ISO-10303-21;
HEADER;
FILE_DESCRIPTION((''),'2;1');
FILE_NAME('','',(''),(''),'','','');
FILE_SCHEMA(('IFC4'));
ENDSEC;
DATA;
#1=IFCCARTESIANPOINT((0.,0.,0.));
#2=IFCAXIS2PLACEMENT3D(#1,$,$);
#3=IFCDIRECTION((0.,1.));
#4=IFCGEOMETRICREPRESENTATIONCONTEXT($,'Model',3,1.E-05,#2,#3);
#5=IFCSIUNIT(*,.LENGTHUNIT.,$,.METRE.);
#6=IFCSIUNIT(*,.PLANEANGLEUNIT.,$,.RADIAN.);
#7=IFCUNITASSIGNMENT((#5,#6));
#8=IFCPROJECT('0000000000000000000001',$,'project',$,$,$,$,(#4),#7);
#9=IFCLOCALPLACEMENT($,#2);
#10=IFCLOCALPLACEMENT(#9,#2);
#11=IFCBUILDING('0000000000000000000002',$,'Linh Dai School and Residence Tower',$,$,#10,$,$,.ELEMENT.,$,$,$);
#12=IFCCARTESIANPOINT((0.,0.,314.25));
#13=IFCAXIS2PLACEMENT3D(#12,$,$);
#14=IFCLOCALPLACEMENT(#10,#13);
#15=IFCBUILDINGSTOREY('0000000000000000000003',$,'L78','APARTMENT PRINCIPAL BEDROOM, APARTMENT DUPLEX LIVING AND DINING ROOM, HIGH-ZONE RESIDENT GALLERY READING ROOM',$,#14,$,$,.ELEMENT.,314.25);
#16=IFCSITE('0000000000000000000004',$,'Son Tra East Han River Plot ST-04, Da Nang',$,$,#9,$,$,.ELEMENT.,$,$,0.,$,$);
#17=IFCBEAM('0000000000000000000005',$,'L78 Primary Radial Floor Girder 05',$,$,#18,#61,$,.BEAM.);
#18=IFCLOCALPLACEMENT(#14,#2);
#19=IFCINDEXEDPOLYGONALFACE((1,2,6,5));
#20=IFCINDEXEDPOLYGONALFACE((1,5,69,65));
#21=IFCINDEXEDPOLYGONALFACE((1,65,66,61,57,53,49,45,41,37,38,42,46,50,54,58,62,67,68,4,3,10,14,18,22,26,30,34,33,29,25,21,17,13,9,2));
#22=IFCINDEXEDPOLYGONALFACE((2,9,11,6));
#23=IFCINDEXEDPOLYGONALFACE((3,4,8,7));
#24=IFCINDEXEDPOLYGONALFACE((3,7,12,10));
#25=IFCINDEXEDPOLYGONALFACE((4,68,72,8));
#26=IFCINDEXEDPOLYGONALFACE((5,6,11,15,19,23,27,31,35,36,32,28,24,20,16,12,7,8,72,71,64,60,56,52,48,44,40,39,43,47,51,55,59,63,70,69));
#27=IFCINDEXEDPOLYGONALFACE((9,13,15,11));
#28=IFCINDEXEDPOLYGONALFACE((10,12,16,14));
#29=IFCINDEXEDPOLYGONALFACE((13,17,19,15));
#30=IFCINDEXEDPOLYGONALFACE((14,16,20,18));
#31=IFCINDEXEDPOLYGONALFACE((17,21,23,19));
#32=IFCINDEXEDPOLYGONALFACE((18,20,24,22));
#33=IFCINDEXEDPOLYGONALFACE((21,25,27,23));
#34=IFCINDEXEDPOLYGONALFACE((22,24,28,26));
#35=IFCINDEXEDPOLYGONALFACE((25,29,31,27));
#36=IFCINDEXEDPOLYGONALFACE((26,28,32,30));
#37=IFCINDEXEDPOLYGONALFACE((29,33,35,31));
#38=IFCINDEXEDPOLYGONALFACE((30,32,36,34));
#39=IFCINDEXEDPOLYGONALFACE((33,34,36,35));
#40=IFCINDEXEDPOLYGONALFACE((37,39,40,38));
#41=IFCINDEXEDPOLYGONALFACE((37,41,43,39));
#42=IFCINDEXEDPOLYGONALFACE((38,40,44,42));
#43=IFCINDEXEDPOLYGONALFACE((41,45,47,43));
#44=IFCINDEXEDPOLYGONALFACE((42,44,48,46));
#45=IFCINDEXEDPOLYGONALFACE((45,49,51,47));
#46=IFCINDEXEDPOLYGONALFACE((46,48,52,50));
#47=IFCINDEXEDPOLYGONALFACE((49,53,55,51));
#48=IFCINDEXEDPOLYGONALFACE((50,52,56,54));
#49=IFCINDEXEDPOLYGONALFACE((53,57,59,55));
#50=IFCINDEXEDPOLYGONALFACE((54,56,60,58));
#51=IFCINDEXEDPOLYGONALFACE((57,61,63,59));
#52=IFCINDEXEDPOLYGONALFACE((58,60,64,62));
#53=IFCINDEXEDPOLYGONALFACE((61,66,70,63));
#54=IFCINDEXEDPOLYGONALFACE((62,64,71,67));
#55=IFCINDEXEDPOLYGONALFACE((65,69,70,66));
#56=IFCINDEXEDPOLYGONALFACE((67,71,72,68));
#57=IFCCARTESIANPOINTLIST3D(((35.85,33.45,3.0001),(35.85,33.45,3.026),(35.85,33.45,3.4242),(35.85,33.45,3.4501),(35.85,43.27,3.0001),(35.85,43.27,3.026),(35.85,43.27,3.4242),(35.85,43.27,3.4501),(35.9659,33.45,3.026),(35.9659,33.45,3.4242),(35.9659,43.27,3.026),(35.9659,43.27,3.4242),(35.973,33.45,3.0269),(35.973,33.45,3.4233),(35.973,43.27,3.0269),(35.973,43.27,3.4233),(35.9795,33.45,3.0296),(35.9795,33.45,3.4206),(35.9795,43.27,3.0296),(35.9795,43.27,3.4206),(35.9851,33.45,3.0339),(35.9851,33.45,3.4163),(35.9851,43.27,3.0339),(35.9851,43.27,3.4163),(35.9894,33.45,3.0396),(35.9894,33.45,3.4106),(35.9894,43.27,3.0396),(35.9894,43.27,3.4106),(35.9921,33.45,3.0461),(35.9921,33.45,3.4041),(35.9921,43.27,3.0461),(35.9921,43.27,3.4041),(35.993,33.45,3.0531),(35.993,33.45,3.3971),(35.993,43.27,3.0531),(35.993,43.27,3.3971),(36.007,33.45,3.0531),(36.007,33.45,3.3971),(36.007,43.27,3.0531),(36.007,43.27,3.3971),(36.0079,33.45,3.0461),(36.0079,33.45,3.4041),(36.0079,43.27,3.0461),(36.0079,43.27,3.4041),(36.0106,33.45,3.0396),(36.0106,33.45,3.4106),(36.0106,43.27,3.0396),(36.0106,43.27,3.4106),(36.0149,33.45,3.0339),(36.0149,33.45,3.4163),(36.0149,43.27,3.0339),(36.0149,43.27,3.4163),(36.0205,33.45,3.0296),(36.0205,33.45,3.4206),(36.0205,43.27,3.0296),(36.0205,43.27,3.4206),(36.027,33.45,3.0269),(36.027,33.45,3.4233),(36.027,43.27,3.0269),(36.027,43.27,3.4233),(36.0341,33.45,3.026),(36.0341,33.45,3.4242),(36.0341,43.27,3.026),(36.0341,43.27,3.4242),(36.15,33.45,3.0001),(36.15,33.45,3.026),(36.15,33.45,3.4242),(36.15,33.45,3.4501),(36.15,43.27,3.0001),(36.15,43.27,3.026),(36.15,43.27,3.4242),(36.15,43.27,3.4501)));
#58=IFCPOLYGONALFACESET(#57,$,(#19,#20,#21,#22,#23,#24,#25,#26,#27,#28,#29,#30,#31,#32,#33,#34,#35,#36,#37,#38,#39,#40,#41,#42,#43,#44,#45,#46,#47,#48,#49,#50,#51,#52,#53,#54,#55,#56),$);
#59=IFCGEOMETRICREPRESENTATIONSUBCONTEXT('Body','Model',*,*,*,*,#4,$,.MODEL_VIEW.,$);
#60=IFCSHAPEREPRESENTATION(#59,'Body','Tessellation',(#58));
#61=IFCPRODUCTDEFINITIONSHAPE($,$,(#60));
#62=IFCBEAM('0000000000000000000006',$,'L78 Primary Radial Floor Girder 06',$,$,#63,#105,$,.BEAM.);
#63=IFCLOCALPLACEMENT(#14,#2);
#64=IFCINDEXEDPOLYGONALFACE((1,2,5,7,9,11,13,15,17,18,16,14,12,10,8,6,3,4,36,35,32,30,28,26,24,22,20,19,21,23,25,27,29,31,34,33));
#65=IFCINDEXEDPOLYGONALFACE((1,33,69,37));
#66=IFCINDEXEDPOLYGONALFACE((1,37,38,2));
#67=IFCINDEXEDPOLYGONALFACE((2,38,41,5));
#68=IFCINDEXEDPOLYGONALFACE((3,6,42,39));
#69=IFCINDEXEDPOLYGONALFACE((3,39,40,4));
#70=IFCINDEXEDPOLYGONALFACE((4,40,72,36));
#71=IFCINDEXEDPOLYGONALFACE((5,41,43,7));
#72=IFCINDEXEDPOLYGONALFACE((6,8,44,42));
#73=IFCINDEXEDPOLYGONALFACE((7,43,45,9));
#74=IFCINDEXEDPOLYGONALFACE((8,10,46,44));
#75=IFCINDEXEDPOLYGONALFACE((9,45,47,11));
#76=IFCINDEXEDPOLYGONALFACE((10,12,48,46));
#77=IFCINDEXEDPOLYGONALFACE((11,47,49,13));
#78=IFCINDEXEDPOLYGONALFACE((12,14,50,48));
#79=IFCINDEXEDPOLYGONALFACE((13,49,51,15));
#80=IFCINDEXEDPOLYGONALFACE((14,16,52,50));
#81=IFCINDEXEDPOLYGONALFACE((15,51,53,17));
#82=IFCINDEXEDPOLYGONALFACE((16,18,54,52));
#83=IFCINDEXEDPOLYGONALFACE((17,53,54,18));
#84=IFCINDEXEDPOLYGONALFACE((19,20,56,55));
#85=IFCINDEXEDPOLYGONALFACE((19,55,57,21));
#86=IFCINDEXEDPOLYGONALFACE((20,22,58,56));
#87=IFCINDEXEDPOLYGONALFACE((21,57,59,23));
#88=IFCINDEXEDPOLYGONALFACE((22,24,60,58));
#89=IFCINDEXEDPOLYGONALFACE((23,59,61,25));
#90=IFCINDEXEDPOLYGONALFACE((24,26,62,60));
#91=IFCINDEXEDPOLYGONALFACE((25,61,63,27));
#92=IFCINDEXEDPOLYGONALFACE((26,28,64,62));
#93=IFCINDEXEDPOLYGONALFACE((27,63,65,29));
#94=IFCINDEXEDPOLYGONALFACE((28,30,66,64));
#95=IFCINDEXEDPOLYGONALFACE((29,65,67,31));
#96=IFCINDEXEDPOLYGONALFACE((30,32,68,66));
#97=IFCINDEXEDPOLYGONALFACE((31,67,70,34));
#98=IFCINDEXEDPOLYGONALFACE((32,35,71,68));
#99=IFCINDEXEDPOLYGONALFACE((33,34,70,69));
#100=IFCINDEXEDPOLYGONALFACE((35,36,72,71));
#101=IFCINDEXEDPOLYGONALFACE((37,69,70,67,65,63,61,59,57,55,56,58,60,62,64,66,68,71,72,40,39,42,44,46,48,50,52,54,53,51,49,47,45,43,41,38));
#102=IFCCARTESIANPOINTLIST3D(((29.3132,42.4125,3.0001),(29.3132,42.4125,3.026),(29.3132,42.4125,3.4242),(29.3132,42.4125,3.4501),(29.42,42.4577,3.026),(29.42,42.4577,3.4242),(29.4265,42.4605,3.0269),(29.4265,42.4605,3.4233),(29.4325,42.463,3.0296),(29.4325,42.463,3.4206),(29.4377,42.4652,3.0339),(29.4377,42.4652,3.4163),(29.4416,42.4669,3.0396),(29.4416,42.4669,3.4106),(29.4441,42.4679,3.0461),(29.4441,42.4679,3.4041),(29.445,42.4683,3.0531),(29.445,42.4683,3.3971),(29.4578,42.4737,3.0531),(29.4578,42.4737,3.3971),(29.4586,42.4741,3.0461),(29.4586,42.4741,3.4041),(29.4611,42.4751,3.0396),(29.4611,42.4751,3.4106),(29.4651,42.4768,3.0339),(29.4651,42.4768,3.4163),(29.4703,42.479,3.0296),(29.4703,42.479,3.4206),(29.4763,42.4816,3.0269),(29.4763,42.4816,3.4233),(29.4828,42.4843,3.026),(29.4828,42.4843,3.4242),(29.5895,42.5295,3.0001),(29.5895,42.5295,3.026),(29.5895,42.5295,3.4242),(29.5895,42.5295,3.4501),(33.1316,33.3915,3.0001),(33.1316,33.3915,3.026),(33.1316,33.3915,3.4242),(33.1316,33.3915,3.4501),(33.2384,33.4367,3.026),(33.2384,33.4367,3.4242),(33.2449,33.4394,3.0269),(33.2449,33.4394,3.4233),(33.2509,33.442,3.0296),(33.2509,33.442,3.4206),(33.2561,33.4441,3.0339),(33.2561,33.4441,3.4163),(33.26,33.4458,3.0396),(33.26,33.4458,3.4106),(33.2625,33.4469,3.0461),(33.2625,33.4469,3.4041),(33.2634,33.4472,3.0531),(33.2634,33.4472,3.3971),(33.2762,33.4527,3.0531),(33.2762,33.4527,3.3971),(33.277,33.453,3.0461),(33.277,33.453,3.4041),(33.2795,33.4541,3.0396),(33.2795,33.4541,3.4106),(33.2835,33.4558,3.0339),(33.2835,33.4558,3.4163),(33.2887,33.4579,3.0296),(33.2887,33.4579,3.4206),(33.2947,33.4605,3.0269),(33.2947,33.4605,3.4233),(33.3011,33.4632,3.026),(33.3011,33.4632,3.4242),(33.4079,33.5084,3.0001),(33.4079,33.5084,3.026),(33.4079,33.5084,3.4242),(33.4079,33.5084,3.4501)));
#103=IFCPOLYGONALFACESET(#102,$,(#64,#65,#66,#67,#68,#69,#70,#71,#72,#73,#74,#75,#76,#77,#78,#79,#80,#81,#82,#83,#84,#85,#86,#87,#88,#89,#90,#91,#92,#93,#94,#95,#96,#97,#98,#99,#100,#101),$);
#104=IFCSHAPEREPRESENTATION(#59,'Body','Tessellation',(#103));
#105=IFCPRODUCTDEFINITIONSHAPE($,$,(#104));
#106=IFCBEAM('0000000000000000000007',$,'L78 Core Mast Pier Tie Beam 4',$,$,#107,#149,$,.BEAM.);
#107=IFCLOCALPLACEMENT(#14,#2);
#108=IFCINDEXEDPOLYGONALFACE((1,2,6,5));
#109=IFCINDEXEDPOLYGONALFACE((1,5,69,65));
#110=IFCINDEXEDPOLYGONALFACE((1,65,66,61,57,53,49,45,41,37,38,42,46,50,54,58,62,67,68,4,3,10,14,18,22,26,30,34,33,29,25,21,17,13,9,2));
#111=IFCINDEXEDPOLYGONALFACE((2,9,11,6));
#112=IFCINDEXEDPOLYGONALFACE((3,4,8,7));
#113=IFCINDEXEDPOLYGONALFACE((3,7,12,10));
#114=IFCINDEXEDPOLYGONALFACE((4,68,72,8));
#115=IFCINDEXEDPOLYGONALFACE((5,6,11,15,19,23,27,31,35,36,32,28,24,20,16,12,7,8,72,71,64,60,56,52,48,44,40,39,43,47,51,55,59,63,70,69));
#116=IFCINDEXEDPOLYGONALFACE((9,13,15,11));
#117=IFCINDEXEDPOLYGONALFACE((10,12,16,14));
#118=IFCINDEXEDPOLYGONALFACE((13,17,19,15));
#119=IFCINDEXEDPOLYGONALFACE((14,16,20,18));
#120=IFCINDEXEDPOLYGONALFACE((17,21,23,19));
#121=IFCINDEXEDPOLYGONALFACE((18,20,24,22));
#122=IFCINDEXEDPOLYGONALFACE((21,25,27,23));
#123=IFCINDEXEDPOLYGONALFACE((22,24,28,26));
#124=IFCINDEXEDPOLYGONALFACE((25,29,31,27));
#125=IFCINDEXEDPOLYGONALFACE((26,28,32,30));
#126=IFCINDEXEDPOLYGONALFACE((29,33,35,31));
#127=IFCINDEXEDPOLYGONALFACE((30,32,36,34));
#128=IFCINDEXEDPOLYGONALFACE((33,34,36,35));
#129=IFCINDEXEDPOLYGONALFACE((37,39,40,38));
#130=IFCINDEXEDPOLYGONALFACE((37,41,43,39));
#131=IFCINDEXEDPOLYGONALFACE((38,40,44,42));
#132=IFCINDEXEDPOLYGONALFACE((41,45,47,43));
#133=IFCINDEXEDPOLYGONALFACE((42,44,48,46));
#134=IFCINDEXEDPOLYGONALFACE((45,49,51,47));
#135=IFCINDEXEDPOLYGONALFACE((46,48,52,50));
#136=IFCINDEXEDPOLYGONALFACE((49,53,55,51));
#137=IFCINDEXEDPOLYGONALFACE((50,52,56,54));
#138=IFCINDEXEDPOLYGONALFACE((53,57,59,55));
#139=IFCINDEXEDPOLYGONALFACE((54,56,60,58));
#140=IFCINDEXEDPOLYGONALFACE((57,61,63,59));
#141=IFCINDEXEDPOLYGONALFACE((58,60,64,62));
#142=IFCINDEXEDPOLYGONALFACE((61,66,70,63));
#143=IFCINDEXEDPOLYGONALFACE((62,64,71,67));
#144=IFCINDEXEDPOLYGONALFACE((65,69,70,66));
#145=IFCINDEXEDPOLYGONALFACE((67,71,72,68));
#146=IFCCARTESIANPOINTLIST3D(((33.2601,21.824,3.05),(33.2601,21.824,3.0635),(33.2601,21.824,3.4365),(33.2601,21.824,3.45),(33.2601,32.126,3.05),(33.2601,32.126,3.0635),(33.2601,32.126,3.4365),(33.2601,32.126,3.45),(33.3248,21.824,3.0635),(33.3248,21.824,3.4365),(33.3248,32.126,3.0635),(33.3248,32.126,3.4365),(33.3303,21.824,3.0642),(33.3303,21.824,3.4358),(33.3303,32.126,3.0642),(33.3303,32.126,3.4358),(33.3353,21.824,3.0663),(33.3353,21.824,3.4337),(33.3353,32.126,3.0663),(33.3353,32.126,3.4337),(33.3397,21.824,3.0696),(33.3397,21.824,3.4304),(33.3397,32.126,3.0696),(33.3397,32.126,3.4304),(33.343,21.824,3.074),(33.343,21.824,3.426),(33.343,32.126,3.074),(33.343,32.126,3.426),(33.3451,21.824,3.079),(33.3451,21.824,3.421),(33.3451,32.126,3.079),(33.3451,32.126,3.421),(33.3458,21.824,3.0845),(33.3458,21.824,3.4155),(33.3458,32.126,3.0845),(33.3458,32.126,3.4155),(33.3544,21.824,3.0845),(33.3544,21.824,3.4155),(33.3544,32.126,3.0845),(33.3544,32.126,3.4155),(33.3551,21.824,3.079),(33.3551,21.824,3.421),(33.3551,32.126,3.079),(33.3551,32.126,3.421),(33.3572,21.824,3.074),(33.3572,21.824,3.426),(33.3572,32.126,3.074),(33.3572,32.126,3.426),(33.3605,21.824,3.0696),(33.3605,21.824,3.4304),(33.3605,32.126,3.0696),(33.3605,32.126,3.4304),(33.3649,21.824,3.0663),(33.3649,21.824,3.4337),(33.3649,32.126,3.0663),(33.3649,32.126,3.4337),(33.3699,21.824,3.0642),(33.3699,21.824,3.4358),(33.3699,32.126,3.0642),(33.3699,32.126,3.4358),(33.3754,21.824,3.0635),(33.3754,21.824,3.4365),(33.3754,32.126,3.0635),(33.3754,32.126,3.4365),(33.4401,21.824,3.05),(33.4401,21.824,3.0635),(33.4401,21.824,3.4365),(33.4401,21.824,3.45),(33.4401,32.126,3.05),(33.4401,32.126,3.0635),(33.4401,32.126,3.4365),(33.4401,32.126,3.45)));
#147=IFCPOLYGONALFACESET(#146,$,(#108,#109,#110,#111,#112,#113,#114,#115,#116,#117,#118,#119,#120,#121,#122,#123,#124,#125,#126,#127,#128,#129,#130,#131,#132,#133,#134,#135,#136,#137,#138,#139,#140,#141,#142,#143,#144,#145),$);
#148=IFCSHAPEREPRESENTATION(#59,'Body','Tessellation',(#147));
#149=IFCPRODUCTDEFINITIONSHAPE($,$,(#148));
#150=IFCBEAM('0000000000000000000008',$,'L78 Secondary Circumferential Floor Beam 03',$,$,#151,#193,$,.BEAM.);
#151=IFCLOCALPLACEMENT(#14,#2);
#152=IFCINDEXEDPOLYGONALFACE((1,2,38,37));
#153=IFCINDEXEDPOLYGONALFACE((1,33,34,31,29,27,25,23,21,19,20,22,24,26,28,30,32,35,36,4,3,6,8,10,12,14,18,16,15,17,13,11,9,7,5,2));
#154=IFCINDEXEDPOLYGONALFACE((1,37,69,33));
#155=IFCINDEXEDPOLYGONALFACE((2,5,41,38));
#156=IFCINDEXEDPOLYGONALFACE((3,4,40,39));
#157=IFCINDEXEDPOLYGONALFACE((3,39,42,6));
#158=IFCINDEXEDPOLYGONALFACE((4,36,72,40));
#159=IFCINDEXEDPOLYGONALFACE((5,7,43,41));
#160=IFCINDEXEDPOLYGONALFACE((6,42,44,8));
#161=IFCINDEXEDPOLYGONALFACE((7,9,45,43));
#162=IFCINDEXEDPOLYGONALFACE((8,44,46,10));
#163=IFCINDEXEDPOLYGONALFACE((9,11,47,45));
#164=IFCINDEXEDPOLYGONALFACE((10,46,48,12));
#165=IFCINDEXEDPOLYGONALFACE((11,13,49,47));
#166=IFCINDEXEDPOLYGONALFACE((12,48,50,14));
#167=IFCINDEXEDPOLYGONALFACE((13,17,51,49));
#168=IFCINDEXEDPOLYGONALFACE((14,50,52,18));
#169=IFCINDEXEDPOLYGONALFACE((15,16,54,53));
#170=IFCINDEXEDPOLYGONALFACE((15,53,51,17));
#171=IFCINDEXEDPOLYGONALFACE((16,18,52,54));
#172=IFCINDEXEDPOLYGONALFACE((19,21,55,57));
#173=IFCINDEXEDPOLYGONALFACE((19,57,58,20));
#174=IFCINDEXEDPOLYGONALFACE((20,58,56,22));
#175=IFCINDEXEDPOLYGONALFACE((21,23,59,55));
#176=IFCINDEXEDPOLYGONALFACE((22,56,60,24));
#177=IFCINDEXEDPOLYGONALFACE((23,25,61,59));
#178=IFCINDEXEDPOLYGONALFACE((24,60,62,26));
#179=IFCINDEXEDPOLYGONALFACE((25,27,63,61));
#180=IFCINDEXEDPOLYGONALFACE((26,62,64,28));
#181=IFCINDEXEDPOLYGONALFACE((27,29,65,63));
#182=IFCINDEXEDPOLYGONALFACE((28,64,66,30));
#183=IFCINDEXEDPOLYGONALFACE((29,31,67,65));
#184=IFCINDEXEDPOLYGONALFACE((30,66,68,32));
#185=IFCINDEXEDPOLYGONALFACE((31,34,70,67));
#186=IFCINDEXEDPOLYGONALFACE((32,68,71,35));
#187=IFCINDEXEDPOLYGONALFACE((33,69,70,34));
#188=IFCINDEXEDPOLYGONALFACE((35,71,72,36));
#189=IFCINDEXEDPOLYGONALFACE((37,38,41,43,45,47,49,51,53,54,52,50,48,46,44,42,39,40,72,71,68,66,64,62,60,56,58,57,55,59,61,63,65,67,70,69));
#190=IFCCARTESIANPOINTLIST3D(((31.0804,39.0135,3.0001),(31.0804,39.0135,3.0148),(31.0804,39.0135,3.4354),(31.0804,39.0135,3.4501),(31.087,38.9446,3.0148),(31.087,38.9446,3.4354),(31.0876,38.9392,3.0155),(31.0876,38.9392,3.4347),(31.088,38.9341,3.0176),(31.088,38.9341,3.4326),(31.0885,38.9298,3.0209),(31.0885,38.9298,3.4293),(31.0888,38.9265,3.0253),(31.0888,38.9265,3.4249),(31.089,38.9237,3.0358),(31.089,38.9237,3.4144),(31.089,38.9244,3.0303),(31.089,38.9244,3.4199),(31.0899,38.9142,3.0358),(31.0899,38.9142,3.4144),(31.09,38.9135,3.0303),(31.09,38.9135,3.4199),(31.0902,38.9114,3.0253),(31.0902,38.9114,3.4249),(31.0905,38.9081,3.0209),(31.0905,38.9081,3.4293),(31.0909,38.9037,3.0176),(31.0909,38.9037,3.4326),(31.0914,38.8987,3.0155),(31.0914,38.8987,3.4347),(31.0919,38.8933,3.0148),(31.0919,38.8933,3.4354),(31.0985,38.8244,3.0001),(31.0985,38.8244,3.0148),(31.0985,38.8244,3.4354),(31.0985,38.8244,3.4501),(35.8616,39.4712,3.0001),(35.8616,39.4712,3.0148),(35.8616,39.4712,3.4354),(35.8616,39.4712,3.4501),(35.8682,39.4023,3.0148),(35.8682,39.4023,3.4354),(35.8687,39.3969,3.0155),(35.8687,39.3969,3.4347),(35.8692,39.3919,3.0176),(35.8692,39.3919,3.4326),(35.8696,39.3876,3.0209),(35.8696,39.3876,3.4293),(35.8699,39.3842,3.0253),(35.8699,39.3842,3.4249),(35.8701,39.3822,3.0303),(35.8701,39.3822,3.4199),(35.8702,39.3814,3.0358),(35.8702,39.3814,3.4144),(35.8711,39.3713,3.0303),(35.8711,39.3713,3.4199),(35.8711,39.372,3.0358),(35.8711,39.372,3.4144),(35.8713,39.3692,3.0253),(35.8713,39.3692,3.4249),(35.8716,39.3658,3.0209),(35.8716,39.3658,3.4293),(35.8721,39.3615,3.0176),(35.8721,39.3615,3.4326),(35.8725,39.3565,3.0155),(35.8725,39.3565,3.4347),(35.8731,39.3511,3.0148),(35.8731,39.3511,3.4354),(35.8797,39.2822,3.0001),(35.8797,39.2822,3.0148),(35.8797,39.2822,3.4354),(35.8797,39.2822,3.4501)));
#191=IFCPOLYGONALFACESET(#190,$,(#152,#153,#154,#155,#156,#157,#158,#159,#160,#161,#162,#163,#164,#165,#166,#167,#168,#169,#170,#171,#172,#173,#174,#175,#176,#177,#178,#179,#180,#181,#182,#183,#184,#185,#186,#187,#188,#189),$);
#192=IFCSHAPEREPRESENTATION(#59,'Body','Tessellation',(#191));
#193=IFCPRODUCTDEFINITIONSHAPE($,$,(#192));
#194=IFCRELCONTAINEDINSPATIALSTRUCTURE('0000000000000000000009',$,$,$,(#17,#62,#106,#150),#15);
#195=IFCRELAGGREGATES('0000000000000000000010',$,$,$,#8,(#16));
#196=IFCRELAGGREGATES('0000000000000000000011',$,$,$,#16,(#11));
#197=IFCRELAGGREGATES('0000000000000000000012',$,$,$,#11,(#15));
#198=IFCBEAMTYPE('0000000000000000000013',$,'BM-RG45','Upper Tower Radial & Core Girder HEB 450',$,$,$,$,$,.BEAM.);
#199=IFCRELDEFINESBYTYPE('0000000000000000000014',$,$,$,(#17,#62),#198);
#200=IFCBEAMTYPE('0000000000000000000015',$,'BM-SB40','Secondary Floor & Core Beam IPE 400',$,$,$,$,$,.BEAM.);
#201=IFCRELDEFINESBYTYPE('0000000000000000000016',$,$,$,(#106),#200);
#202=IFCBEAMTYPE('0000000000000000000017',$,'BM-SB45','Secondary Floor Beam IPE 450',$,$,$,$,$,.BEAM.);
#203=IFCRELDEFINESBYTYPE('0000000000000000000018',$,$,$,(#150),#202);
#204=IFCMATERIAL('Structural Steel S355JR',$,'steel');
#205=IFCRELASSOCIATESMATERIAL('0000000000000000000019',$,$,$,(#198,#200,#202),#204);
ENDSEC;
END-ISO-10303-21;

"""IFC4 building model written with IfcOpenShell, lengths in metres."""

from ifc_helpers import new_model, si_unit, direction, frame, origin, origin_2d, place, context, subcontext, project, spatial, i_section, extrude, material, material_profile, profile_set, type_object, element, save


model = new_model("IFC4")

# Units and contexts
model_context = context("Model", 3, precision=1e-05, world=origin(), true_north=direction((0.0, 1.0)))
body_context = subcontext(model_context, "Body", "Model", "MODEL_VIEW")
ifc_project = project(units=[si_unit("LENGTHUNIT", "METRE"), si_unit("PLANEANGLEUNIT", "RADIAN")], contexts=[model_context])

# Site, building, storey
site_placement = place(None, origin())
site = spatial("IfcSite", under=ifc_project, at=site_placement, Name="Son Tra East Han River Plot ST-04, Da Nang", CompositionType="ELEMENT", RefElevation=0.0)
building_placement = place(site_placement, origin())
building = spatial("IfcBuilding", under=site, at=building_placement, Name="Linh Dai School and Residence Tower", CompositionType="ELEMENT")
storey_placement = place(building_placement, frame((0.0, 0.0, 314.25)))
storey = spatial("IfcBuildingStorey", under=building, at=storey_placement, Name="L78", Description="APARTMENT PRINCIPAL BEDROOM, APARTMENT DUPLEX LIVING AND DINING ROOM, HIGH-ZONE RESIDENT GALLERY READING ROOM", CompositionType="ELEMENT", Elevation=314.25)

# Shared definitions
ifc_material_1 = material(Name="Structural Steel S355JR", Category="steel")

# Beams
ifc_material_profile_1 = material_profile(ifc_material_1, i_section(OverallWidth=0.3, OverallDepth=0.45, WebThickness=0.0139, FlangeThickness=0.0259, FilletRadius=0.0271, at=origin_2d()), Name="HEB 450")
ifc_profile_set_1 = profile_set([ifc_material_profile_1], Name="Structural Steel S355JR")
beam_type_1 = type_object("IfcBeamType", Name="BM-RG45", Description="Upper Tower Radial & Core Girder HEB 450", PredefinedType="BEAM", material=ifc_profile_set_1)
beam_1_placement = place(storey_placement, frame((36.0, 33.45, 3.2251), z_axis=(0.0, 1.0, 0.0), x_axis=(-1.0, 0.0, 0.0)))
element("IfcBeam", 1, at=beam_1_placement, inside=storey, type_object=beam_type_1, Name="L78 Primary Radial Floor Girder 05", PredefinedType="BEAM", context=body_context, shape_type="SweptSolid", body=[
    extrude(i_section(OverallWidth=0.3, OverallDepth=0.45, WebThickness=0.0139, FlangeThickness=0.0259, FilletRadius=0.0271, at=origin_2d()), origin(), (0.0, 0.0, 1.0), 9.8201),
])
beam_2_placement = place(storey_placement, frame((33.2698, 33.45, 3.2251), z_axis=(-0.389794, 0.920902, 0.0), x_axis=(-0.920902, -0.389794, 0.0)))
element("IfcBeam", 2, at=beam_2_placement, inside=storey, type_object=beam_type_1, Name="L78 Primary Radial Floor Girder 06", PredefinedType="BEAM", context=body_context, shape_type="SweptSolid", body=[
    extrude(i_section(OverallWidth=0.3, OverallDepth=0.45, WebThickness=0.0139, FlangeThickness=0.0259, FilletRadius=0.0271, at=origin_2d()), origin(), (0.0, 0.0, 1.0), 9.7959),
])
ifc_material_profile_2 = material_profile(ifc_material_1, i_section(OverallWidth=0.1799, OverallDepth=0.3999, WebThickness=0.0085, FlangeThickness=0.0134, FilletRadius=0.021, at=origin_2d()), Name="IPE 400")
ifc_profile_set_2 = profile_set([ifc_material_profile_2], Name="Structural Steel S355JR")
beam_type_2 = type_object("IfcBeamType", Name="BM-SB40", Description="Secondary Floor & Core Beam IPE 400", PredefinedType="BEAM", material=ifc_profile_set_2)
beam_3_placement = place(storey_placement, frame((33.3501, 32.126, 3.25), z_axis=(0.0, -1.0, 0.0), x_axis=(1.0, 0.0, 0.0)))
element("IfcBeam", 3, at=beam_3_placement, inside=storey, type_object=beam_type_2, Name="L78 Core Mast Pier Tie Beam 4", PredefinedType="BEAM", context=body_context, shape_type="SweptSolid", body=[
    extrude(i_section(OverallWidth=0.1799, OverallDepth=0.3999, WebThickness=0.0085, FlangeThickness=0.0134, FilletRadius=0.021, at=origin_2d()), origin(), (0.0, 0.0, 1.0), 10.302),
])
ifc_material_profile_3 = material_profile(ifc_material_1, i_section(OverallWidth=0.1899, OverallDepth=0.45, WebThickness=0.0095, FlangeThickness=0.0146, FilletRadius=0.021, at=origin_2d()), Name="IPE 450")
ifc_profile_set_3 = profile_set([ifc_material_profile_3], Name="Structural Steel S355JR")
beam_type_3 = type_object("IfcBeamType", Name="BM-SB45", Description="Secondary Floor Beam IPE 450", PredefinedType="BEAM", material=ifc_profile_set_3)
beam_4_placement = place(storey_placement, frame((35.8706, 39.3767, 3.2251), z_axis=(-0.995448, -0.09531, 0.0), x_axis=(0.09531, -0.995448, 0.0)))
element("IfcBeam", 4, at=beam_4_placement, inside=storey, type_object=beam_type_3, Name="L78 Secondary Circumferential Floor Beam 03", PredefinedType="BEAM", context=body_context, shape_type="SweptSolid", body=[
    extrude(i_section(OverallWidth=0.1899, OverallDepth=0.45, WebThickness=0.0095, FlangeThickness=0.0146, FilletRadius=0.021, at=origin_2d()), origin(), (0.0, 0.0, 1.0), 4.803),
])

save(model, "model.ifc")
